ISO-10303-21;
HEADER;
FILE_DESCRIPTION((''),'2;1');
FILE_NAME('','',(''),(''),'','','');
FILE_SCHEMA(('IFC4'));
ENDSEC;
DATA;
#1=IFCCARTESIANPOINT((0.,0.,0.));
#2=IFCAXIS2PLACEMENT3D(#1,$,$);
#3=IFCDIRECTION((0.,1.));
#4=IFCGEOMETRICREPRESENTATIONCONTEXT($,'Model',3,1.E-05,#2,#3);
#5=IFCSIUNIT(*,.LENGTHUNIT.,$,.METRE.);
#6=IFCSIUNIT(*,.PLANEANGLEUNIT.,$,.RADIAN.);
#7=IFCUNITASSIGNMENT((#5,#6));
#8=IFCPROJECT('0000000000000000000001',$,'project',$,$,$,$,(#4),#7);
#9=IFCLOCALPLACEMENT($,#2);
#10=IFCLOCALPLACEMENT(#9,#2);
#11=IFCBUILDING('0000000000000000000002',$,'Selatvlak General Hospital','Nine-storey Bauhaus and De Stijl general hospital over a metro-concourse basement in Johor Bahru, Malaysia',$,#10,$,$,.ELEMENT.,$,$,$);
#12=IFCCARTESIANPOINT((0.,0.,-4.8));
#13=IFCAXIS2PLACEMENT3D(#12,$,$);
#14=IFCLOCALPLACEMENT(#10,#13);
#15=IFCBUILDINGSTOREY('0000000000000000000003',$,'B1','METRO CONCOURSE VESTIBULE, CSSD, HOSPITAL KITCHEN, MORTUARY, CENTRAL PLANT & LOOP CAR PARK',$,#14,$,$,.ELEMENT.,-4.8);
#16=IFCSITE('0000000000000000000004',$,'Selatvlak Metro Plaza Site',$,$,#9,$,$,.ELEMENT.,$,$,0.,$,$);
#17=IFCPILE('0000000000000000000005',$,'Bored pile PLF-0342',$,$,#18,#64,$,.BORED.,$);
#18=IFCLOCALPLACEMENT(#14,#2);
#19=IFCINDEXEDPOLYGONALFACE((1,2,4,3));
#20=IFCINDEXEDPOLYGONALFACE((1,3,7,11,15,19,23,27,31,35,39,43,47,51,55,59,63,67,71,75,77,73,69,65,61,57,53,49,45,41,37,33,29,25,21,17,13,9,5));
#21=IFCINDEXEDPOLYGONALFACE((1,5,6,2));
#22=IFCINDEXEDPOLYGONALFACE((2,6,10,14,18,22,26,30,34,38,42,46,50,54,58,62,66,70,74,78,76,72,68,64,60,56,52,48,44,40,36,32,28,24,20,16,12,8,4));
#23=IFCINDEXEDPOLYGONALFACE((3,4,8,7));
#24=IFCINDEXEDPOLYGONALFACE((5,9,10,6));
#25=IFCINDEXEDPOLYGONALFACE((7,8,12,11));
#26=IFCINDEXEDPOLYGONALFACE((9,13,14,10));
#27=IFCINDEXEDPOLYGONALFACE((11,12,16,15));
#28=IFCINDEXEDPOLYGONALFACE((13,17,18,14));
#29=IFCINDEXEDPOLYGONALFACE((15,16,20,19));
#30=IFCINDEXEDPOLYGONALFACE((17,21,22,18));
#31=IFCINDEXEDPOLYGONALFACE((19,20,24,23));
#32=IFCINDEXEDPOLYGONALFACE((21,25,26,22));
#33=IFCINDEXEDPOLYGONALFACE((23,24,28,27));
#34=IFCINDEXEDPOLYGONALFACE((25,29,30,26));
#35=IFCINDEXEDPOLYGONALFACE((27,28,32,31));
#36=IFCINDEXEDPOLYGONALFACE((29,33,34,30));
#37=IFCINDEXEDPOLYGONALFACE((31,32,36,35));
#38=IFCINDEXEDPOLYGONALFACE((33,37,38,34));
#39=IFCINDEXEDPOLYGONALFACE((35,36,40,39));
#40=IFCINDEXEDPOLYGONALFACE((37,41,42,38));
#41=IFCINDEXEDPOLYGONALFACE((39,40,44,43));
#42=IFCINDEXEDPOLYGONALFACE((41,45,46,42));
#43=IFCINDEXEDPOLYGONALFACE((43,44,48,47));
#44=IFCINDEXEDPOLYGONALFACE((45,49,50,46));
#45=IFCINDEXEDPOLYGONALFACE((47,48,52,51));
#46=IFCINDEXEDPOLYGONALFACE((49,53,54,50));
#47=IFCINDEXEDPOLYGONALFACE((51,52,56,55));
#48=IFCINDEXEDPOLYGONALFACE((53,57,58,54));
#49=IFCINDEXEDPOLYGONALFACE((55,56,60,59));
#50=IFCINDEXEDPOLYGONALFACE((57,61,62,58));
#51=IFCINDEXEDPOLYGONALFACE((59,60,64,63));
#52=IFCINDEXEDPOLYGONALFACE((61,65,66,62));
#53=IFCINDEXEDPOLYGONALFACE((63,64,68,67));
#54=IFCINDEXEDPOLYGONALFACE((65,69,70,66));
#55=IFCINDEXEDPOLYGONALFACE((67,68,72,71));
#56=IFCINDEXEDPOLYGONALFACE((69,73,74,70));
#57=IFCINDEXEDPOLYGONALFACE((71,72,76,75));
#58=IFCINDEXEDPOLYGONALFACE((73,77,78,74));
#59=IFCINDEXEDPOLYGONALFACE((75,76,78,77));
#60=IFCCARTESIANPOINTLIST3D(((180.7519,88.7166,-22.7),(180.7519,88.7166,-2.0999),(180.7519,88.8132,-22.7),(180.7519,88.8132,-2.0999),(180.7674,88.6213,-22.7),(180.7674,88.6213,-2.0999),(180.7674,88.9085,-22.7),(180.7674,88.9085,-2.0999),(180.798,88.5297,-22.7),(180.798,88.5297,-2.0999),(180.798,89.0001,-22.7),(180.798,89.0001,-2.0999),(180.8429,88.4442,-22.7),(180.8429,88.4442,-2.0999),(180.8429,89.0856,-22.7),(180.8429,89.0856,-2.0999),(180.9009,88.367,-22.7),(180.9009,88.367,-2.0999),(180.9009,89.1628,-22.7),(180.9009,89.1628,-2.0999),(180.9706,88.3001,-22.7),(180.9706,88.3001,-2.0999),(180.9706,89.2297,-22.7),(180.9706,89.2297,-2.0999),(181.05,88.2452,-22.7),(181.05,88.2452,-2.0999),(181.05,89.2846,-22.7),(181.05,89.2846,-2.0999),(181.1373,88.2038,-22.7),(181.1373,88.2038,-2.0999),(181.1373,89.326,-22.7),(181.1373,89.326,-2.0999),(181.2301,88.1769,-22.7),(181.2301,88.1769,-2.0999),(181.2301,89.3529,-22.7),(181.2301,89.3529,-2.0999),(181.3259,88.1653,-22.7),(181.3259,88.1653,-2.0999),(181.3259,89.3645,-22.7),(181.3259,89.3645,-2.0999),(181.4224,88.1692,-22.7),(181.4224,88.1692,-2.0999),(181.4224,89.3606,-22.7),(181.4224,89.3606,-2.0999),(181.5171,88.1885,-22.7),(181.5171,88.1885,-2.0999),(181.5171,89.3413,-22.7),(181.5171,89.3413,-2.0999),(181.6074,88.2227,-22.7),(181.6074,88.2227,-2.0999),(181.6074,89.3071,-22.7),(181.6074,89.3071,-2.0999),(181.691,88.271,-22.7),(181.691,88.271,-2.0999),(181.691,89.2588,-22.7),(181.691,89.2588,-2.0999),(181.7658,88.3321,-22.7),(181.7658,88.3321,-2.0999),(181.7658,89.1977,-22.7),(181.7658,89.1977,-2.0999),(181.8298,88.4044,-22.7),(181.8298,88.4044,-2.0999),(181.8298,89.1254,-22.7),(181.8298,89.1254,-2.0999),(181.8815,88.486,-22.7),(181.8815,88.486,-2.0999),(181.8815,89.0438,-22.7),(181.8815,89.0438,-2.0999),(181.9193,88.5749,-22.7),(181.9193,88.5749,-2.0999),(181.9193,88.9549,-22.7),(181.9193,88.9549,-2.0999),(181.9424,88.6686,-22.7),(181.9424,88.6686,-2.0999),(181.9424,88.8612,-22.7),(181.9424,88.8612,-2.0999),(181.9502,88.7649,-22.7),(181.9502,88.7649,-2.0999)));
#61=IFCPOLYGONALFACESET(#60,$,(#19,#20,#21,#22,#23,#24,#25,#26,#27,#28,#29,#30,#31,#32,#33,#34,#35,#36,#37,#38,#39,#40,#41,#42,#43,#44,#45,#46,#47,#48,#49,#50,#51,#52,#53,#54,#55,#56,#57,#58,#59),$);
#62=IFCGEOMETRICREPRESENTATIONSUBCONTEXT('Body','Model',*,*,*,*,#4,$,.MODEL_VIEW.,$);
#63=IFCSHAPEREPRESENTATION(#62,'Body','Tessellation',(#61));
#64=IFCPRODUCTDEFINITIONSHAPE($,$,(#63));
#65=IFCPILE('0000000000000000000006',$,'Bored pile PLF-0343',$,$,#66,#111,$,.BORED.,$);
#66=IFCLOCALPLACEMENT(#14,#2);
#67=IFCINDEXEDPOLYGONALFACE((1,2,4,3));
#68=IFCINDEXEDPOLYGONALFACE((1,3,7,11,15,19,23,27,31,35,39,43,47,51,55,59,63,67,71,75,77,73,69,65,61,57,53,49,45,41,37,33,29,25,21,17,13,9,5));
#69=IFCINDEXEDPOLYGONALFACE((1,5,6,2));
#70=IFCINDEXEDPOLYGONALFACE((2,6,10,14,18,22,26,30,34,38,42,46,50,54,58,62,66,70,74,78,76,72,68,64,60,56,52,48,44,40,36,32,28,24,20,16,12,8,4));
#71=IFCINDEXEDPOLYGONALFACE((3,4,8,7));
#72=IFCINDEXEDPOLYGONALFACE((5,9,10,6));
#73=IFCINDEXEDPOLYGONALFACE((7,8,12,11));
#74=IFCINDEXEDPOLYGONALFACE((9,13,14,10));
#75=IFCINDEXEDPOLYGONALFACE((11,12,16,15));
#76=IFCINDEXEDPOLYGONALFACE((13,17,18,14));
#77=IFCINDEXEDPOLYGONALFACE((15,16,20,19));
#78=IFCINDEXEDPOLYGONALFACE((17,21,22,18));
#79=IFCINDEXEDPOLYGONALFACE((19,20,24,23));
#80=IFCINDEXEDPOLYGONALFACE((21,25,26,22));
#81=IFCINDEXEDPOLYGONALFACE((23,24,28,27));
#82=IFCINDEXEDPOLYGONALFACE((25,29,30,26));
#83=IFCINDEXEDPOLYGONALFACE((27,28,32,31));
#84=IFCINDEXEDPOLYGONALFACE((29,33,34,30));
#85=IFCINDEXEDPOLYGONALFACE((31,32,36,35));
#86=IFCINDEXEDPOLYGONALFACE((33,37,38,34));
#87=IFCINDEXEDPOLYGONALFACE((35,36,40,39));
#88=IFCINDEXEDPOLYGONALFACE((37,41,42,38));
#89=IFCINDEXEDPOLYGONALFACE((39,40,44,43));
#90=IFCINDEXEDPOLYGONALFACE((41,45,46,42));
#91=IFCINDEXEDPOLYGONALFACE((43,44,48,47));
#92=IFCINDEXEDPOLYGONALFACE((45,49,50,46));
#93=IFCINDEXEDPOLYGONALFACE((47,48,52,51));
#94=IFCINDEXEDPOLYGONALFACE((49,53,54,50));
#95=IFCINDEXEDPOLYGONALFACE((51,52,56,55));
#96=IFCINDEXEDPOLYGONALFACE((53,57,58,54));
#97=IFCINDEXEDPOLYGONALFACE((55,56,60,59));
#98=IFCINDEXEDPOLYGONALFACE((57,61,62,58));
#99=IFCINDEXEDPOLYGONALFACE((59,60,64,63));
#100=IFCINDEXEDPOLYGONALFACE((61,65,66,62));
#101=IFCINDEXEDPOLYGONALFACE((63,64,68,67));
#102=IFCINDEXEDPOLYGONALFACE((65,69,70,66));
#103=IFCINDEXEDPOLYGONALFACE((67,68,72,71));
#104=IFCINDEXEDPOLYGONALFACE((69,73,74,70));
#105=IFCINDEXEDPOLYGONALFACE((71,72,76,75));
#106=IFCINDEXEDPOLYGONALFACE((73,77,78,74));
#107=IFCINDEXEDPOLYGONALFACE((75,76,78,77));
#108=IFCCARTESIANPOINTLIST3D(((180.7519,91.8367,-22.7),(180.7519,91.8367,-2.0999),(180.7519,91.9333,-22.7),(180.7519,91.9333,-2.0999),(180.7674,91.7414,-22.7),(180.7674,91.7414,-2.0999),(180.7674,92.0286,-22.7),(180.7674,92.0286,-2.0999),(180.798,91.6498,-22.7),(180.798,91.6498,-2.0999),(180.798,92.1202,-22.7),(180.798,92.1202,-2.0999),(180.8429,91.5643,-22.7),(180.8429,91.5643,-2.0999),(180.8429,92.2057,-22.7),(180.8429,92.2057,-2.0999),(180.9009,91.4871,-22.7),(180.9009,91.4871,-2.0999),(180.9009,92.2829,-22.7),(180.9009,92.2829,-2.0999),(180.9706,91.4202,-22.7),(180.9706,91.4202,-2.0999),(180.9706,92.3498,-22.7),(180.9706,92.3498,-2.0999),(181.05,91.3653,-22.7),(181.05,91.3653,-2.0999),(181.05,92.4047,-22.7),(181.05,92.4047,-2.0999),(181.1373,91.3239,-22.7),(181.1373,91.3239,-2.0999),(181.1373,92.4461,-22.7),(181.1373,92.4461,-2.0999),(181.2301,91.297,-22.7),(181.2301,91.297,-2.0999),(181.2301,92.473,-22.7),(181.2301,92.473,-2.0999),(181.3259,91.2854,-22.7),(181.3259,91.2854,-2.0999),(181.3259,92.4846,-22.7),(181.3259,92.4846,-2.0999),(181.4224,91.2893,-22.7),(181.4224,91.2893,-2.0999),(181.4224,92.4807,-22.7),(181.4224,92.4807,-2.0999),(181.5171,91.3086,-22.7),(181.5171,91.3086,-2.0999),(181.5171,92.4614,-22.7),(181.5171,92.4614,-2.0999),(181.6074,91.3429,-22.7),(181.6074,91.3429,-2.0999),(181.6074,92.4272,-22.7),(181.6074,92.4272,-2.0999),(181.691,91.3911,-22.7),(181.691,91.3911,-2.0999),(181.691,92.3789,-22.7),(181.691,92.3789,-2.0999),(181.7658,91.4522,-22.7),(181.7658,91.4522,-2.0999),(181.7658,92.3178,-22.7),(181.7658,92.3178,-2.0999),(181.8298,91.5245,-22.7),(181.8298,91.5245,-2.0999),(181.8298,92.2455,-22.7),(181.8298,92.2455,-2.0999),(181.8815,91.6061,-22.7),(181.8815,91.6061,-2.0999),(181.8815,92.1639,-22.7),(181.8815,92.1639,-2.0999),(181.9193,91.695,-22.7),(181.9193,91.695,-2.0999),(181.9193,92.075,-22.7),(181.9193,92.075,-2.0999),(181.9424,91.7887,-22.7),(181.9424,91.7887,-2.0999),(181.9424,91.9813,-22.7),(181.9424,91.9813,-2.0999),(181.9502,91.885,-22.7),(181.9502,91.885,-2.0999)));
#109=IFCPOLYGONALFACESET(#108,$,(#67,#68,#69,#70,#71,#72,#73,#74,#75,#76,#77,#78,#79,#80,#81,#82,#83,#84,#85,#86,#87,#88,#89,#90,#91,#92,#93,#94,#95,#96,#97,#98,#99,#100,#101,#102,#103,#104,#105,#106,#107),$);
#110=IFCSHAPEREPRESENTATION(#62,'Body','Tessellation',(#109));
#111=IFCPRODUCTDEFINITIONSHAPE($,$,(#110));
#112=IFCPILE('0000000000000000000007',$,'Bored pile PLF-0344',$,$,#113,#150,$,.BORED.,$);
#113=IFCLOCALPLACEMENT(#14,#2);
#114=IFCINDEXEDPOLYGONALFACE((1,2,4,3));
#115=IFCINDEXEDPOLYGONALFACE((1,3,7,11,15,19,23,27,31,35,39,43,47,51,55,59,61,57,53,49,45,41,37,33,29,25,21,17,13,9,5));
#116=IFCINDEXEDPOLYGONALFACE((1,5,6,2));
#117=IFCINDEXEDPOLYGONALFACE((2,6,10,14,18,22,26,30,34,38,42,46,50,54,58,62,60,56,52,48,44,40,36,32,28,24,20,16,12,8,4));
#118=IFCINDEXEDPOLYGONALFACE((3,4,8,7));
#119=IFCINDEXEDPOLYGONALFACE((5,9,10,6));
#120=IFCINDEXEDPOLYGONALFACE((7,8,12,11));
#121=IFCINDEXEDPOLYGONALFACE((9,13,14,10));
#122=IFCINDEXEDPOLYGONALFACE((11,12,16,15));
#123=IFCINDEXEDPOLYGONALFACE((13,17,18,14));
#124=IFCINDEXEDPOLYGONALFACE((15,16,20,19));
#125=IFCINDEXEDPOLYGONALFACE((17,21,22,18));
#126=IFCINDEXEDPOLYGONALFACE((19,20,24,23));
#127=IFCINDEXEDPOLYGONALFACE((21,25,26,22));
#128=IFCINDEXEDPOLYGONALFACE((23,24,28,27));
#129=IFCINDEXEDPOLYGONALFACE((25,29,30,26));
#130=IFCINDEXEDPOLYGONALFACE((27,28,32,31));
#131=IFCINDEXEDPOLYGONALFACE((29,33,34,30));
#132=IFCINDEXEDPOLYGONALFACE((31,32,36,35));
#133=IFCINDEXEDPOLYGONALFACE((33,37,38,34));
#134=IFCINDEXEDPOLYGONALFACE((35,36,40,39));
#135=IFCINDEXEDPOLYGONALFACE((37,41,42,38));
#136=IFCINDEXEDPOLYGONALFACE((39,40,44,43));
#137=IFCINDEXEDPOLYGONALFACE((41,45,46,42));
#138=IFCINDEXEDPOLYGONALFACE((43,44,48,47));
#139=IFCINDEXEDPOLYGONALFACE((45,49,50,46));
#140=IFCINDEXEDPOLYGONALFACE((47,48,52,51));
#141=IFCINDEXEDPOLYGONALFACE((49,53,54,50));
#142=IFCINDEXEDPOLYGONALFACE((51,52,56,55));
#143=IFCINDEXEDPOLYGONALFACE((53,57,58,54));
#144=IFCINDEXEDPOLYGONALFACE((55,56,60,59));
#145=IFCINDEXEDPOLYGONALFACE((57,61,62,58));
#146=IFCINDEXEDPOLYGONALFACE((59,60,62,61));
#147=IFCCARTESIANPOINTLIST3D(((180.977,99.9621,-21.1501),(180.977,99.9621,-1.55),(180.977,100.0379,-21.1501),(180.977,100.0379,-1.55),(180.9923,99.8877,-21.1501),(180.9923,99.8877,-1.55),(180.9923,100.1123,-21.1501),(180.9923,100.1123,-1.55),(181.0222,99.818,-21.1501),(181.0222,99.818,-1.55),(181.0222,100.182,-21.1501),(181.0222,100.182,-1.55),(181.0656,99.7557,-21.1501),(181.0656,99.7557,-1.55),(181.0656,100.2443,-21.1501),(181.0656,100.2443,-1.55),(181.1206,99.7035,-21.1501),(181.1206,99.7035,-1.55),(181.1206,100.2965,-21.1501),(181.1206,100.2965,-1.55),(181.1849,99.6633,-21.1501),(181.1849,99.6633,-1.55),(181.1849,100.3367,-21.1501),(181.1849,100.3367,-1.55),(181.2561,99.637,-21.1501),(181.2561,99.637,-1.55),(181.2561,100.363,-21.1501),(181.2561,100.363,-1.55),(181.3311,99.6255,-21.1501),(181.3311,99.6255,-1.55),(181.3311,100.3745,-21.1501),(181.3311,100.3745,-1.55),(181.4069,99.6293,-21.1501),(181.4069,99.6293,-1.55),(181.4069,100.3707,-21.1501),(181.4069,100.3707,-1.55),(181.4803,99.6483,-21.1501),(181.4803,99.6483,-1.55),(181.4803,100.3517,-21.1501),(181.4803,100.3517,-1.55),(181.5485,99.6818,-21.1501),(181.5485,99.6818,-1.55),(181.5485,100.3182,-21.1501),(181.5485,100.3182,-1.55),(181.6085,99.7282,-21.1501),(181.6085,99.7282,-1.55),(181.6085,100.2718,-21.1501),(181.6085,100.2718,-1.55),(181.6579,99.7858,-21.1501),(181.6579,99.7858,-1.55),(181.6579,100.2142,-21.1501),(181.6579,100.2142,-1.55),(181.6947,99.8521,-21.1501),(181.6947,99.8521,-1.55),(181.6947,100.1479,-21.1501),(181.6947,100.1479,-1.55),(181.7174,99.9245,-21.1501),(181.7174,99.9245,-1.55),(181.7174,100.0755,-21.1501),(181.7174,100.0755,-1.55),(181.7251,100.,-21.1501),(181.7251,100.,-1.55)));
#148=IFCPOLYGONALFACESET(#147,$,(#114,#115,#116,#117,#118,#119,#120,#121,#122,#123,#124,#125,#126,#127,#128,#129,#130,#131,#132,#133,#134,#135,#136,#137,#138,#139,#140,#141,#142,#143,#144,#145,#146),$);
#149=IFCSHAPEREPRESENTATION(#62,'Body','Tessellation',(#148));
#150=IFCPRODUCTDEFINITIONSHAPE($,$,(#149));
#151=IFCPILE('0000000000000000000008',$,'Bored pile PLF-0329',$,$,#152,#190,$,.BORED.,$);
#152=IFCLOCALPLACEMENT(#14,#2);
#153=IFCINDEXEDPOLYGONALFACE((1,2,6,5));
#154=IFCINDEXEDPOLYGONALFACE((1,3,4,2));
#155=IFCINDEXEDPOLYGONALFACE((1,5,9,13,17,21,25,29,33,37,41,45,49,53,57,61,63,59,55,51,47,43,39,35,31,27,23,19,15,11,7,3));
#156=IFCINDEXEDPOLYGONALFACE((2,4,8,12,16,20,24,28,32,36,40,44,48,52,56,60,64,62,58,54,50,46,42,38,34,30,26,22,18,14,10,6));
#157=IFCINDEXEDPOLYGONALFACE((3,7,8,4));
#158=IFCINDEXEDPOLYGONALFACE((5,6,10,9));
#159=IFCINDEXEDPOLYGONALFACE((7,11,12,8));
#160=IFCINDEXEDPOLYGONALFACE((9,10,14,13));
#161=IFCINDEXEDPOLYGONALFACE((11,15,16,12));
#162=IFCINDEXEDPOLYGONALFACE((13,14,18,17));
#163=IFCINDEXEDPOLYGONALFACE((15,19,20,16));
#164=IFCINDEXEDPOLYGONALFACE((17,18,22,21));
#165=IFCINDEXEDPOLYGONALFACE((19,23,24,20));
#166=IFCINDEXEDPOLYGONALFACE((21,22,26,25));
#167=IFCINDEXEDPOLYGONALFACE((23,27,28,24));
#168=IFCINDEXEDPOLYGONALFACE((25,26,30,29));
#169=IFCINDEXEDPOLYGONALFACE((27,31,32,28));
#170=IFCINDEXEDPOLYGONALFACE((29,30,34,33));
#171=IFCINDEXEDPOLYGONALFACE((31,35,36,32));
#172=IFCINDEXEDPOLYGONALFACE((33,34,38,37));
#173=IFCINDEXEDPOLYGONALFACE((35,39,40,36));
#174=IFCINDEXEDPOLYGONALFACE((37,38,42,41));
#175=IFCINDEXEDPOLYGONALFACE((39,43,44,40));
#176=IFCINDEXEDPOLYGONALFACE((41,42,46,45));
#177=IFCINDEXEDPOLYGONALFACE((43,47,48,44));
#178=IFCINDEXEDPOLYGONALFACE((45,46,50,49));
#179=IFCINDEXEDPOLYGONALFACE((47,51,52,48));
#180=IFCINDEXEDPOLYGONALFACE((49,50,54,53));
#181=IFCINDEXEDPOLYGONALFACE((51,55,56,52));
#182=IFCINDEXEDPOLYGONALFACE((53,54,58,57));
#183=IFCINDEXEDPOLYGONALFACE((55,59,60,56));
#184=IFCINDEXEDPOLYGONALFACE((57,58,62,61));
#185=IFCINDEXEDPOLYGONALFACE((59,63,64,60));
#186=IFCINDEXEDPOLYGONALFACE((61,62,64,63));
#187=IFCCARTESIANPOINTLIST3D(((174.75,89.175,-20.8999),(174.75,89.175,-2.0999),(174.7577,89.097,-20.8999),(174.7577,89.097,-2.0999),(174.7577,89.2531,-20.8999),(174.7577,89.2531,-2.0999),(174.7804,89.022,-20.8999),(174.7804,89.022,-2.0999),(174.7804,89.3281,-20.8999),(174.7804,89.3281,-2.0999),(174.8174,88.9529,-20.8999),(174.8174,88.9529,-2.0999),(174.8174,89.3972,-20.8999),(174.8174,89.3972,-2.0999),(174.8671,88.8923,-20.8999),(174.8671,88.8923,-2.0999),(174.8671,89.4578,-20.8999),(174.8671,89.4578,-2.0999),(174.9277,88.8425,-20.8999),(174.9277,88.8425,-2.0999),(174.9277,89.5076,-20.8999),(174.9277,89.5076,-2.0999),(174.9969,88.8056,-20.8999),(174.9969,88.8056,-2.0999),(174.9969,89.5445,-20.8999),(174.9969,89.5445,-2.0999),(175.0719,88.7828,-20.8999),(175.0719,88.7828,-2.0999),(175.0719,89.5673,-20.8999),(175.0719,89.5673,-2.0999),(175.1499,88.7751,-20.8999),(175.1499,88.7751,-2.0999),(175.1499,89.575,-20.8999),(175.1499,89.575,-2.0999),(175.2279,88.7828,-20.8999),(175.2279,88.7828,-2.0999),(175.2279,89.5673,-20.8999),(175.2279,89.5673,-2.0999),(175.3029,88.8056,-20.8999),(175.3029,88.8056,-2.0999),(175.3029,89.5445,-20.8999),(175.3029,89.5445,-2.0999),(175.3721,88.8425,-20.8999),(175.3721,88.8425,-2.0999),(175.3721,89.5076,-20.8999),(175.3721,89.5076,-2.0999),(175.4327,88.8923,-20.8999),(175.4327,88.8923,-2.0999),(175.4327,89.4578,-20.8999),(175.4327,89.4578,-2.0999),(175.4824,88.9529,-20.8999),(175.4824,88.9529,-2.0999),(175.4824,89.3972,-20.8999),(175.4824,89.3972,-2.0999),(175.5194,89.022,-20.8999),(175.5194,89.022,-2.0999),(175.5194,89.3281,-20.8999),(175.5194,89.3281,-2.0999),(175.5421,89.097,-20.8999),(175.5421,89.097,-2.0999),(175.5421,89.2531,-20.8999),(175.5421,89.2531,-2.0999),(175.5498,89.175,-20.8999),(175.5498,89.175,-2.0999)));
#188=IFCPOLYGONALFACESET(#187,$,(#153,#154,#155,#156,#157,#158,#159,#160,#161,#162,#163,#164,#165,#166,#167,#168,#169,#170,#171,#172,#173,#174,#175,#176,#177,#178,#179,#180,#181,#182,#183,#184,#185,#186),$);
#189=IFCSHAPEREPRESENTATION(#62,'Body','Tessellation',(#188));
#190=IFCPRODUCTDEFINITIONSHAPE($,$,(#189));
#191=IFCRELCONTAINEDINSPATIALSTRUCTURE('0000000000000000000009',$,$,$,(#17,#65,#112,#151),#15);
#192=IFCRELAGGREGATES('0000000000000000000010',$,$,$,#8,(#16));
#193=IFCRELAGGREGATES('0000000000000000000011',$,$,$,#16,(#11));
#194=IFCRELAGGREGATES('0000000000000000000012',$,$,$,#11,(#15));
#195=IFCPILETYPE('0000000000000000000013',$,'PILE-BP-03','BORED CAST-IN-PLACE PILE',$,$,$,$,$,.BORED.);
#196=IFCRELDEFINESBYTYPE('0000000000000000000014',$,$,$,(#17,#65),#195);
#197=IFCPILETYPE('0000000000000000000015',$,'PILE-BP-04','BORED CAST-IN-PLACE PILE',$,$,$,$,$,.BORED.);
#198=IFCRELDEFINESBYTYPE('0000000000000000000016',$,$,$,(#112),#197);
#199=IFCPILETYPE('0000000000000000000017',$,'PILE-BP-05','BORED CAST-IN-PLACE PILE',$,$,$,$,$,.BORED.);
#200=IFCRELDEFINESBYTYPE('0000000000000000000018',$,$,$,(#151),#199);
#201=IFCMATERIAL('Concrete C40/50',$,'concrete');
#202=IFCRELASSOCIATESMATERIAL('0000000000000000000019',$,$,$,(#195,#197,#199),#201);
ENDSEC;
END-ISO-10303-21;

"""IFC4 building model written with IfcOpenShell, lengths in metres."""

from ifc_helpers import new_model, si_unit, direction, frame, origin, origin_2d, place, context, subcontext, project, spatial, circle, extrude, material, material_profile, profile_set, type_object, element, save


model = new_model("IFC4")

# Units and contexts
model_context = context("Model", 3, precision=1e-05, world=origin(), true_north=direction((0.0, 1.0)))
body_context = subcontext(model_context, "Body", "Model", "MODEL_VIEW")
ifc_project = project(units=[si_unit("LENGTHUNIT", "METRE"), si_unit("PLANEANGLEUNIT", "RADIAN")], contexts=[model_context])

# Site, building, storey
site_placement = place(None, origin())
site = spatial("IfcSite", under=ifc_project, at=site_placement, Name="Selatvlak Metro Plaza Site", CompositionType="ELEMENT", RefElevation=0.0)
building_placement = place(site_placement, origin())
building = spatial("IfcBuilding", under=site, at=building_placement, Name="Selatvlak General Hospital", Description="Nine-storey Bauhaus and De Stijl general hospital over a metro-concourse basement in Johor Bahru, Malaysia", CompositionType="ELEMENT")
storey_placement = place(building_placement, frame((0.0, 0.0, -4.8)))
storey = spatial("IfcBuildingStorey", under=building, at=storey_placement, Name="B1", Description="METRO CONCOURSE VESTIBULE, CSSD, HOSPITAL KITCHEN, MORTUARY, CENTRAL PLANT & LOOP CAR PARK", CompositionType="ELEMENT", Elevation=-4.8)

# Shared definitions
ifc_material_1 = material(Name="Concrete C40/50", Category="concrete")

# Piles
ifc_material_profile_1 = material_profile(ifc_material_1, circle(Radius=0.6001, at=origin_2d()), Name="BORED PILE 1200")
ifc_profile_set_1 = profile_set([ifc_material_profile_1], Name="Concrete C40/50")
pile_type_1 = type_object("IfcPileType", Name="PILE-BP-03", Description="BORED CAST-IN-PLACE PILE", PredefinedType="BORED", material=ifc_profile_set_1)
for number, where, z_axis, x_axis, name in (
    (1, (181.3501, 88.7649, -2.0999), (0.0, 0.0, -1.0), (1.0, 0.0, 0.0), "Bored pile PLF-0342"),
    (2, (181.3501, 91.885, -2.0999), (0.0, 0.0, -1.0), (1.0, 0.0, 0.0), "Bored pile PLF-0343"),
):
    element("IfcPile", number, at=place(storey_placement, frame(where, z_axis=z_axis, x_axis=x_axis)), inside=storey, type_object=pile_type_1, Name=name, PredefinedType="BORED", context=body_context, shape_type="SweptSolid", body=[
        extrude(circle(Radius=0.6001, at=origin_2d()), origin(), (0.0, 0.0, 1.0), 20.6001),
    ])
ifc_material_profile_2 = material_profile(ifc_material_1, circle(Radius=0.375, at=origin_2d()), Name="BORED PILE 750")
ifc_profile_set_2 = profile_set([ifc_material_profile_2], Name="Concrete C40/50")
pile_type_2 = type_object("IfcPileType", Name="PILE-BP-04", Description="BORED CAST-IN-PLACE PILE", PredefinedType="BORED", material=ifc_profile_set_2)
pile_1_placement = place(storey_placement, frame((181.3501, 100.0, -1.55), z_axis=(0.0, 0.0, -1.0), x_axis=(1.0, 0.0, 0.0)))
element("IfcPile", 3, at=pile_1_placement, inside=storey, type_object=pile_type_2, Name="Bored pile PLF-0344", PredefinedType="BORED", context=body_context, shape_type="SweptSolid", body=[
    extrude(circle(Radius=0.375, at=origin_2d()), origin(), (0.0, 0.0, 1.0), 19.6001),
])
ifc_material_profile_3 = material_profile(ifc_material_1, circle(Radius=0.3999, at=origin_2d()), Name="BORED PILE 800")
ifc_profile_set_3 = profile_set([ifc_material_profile_3], Name="Concrete C40/50")
pile_type_3 = type_object("IfcPileType", Name="PILE-BP-05", Description="BORED CAST-IN-PLACE PILE", PredefinedType="BORED", material=ifc_profile_set_3)
for number, where, z_axis, x_axis, name in (
    (4, (175.1499, 89.175, -2.0999), (0.0, 0.0, -1.0), (1.0, 0.0, 0.0), "Bored pile PLF-0329"),
):
    element("IfcPile", number, at=place(storey_placement, frame(where, z_axis=z_axis, x_axis=x_axis)), inside=storey, type_object=pile_type_3, Name=name, PredefinedType="BORED", context=body_context, shape_type="SweptSolid", body=[
        extrude(circle(Radius=0.3999, at=origin_2d()), origin(), (0.0, 0.0, 1.0), 18.8),
    ])

save(model, "model.ifc")
